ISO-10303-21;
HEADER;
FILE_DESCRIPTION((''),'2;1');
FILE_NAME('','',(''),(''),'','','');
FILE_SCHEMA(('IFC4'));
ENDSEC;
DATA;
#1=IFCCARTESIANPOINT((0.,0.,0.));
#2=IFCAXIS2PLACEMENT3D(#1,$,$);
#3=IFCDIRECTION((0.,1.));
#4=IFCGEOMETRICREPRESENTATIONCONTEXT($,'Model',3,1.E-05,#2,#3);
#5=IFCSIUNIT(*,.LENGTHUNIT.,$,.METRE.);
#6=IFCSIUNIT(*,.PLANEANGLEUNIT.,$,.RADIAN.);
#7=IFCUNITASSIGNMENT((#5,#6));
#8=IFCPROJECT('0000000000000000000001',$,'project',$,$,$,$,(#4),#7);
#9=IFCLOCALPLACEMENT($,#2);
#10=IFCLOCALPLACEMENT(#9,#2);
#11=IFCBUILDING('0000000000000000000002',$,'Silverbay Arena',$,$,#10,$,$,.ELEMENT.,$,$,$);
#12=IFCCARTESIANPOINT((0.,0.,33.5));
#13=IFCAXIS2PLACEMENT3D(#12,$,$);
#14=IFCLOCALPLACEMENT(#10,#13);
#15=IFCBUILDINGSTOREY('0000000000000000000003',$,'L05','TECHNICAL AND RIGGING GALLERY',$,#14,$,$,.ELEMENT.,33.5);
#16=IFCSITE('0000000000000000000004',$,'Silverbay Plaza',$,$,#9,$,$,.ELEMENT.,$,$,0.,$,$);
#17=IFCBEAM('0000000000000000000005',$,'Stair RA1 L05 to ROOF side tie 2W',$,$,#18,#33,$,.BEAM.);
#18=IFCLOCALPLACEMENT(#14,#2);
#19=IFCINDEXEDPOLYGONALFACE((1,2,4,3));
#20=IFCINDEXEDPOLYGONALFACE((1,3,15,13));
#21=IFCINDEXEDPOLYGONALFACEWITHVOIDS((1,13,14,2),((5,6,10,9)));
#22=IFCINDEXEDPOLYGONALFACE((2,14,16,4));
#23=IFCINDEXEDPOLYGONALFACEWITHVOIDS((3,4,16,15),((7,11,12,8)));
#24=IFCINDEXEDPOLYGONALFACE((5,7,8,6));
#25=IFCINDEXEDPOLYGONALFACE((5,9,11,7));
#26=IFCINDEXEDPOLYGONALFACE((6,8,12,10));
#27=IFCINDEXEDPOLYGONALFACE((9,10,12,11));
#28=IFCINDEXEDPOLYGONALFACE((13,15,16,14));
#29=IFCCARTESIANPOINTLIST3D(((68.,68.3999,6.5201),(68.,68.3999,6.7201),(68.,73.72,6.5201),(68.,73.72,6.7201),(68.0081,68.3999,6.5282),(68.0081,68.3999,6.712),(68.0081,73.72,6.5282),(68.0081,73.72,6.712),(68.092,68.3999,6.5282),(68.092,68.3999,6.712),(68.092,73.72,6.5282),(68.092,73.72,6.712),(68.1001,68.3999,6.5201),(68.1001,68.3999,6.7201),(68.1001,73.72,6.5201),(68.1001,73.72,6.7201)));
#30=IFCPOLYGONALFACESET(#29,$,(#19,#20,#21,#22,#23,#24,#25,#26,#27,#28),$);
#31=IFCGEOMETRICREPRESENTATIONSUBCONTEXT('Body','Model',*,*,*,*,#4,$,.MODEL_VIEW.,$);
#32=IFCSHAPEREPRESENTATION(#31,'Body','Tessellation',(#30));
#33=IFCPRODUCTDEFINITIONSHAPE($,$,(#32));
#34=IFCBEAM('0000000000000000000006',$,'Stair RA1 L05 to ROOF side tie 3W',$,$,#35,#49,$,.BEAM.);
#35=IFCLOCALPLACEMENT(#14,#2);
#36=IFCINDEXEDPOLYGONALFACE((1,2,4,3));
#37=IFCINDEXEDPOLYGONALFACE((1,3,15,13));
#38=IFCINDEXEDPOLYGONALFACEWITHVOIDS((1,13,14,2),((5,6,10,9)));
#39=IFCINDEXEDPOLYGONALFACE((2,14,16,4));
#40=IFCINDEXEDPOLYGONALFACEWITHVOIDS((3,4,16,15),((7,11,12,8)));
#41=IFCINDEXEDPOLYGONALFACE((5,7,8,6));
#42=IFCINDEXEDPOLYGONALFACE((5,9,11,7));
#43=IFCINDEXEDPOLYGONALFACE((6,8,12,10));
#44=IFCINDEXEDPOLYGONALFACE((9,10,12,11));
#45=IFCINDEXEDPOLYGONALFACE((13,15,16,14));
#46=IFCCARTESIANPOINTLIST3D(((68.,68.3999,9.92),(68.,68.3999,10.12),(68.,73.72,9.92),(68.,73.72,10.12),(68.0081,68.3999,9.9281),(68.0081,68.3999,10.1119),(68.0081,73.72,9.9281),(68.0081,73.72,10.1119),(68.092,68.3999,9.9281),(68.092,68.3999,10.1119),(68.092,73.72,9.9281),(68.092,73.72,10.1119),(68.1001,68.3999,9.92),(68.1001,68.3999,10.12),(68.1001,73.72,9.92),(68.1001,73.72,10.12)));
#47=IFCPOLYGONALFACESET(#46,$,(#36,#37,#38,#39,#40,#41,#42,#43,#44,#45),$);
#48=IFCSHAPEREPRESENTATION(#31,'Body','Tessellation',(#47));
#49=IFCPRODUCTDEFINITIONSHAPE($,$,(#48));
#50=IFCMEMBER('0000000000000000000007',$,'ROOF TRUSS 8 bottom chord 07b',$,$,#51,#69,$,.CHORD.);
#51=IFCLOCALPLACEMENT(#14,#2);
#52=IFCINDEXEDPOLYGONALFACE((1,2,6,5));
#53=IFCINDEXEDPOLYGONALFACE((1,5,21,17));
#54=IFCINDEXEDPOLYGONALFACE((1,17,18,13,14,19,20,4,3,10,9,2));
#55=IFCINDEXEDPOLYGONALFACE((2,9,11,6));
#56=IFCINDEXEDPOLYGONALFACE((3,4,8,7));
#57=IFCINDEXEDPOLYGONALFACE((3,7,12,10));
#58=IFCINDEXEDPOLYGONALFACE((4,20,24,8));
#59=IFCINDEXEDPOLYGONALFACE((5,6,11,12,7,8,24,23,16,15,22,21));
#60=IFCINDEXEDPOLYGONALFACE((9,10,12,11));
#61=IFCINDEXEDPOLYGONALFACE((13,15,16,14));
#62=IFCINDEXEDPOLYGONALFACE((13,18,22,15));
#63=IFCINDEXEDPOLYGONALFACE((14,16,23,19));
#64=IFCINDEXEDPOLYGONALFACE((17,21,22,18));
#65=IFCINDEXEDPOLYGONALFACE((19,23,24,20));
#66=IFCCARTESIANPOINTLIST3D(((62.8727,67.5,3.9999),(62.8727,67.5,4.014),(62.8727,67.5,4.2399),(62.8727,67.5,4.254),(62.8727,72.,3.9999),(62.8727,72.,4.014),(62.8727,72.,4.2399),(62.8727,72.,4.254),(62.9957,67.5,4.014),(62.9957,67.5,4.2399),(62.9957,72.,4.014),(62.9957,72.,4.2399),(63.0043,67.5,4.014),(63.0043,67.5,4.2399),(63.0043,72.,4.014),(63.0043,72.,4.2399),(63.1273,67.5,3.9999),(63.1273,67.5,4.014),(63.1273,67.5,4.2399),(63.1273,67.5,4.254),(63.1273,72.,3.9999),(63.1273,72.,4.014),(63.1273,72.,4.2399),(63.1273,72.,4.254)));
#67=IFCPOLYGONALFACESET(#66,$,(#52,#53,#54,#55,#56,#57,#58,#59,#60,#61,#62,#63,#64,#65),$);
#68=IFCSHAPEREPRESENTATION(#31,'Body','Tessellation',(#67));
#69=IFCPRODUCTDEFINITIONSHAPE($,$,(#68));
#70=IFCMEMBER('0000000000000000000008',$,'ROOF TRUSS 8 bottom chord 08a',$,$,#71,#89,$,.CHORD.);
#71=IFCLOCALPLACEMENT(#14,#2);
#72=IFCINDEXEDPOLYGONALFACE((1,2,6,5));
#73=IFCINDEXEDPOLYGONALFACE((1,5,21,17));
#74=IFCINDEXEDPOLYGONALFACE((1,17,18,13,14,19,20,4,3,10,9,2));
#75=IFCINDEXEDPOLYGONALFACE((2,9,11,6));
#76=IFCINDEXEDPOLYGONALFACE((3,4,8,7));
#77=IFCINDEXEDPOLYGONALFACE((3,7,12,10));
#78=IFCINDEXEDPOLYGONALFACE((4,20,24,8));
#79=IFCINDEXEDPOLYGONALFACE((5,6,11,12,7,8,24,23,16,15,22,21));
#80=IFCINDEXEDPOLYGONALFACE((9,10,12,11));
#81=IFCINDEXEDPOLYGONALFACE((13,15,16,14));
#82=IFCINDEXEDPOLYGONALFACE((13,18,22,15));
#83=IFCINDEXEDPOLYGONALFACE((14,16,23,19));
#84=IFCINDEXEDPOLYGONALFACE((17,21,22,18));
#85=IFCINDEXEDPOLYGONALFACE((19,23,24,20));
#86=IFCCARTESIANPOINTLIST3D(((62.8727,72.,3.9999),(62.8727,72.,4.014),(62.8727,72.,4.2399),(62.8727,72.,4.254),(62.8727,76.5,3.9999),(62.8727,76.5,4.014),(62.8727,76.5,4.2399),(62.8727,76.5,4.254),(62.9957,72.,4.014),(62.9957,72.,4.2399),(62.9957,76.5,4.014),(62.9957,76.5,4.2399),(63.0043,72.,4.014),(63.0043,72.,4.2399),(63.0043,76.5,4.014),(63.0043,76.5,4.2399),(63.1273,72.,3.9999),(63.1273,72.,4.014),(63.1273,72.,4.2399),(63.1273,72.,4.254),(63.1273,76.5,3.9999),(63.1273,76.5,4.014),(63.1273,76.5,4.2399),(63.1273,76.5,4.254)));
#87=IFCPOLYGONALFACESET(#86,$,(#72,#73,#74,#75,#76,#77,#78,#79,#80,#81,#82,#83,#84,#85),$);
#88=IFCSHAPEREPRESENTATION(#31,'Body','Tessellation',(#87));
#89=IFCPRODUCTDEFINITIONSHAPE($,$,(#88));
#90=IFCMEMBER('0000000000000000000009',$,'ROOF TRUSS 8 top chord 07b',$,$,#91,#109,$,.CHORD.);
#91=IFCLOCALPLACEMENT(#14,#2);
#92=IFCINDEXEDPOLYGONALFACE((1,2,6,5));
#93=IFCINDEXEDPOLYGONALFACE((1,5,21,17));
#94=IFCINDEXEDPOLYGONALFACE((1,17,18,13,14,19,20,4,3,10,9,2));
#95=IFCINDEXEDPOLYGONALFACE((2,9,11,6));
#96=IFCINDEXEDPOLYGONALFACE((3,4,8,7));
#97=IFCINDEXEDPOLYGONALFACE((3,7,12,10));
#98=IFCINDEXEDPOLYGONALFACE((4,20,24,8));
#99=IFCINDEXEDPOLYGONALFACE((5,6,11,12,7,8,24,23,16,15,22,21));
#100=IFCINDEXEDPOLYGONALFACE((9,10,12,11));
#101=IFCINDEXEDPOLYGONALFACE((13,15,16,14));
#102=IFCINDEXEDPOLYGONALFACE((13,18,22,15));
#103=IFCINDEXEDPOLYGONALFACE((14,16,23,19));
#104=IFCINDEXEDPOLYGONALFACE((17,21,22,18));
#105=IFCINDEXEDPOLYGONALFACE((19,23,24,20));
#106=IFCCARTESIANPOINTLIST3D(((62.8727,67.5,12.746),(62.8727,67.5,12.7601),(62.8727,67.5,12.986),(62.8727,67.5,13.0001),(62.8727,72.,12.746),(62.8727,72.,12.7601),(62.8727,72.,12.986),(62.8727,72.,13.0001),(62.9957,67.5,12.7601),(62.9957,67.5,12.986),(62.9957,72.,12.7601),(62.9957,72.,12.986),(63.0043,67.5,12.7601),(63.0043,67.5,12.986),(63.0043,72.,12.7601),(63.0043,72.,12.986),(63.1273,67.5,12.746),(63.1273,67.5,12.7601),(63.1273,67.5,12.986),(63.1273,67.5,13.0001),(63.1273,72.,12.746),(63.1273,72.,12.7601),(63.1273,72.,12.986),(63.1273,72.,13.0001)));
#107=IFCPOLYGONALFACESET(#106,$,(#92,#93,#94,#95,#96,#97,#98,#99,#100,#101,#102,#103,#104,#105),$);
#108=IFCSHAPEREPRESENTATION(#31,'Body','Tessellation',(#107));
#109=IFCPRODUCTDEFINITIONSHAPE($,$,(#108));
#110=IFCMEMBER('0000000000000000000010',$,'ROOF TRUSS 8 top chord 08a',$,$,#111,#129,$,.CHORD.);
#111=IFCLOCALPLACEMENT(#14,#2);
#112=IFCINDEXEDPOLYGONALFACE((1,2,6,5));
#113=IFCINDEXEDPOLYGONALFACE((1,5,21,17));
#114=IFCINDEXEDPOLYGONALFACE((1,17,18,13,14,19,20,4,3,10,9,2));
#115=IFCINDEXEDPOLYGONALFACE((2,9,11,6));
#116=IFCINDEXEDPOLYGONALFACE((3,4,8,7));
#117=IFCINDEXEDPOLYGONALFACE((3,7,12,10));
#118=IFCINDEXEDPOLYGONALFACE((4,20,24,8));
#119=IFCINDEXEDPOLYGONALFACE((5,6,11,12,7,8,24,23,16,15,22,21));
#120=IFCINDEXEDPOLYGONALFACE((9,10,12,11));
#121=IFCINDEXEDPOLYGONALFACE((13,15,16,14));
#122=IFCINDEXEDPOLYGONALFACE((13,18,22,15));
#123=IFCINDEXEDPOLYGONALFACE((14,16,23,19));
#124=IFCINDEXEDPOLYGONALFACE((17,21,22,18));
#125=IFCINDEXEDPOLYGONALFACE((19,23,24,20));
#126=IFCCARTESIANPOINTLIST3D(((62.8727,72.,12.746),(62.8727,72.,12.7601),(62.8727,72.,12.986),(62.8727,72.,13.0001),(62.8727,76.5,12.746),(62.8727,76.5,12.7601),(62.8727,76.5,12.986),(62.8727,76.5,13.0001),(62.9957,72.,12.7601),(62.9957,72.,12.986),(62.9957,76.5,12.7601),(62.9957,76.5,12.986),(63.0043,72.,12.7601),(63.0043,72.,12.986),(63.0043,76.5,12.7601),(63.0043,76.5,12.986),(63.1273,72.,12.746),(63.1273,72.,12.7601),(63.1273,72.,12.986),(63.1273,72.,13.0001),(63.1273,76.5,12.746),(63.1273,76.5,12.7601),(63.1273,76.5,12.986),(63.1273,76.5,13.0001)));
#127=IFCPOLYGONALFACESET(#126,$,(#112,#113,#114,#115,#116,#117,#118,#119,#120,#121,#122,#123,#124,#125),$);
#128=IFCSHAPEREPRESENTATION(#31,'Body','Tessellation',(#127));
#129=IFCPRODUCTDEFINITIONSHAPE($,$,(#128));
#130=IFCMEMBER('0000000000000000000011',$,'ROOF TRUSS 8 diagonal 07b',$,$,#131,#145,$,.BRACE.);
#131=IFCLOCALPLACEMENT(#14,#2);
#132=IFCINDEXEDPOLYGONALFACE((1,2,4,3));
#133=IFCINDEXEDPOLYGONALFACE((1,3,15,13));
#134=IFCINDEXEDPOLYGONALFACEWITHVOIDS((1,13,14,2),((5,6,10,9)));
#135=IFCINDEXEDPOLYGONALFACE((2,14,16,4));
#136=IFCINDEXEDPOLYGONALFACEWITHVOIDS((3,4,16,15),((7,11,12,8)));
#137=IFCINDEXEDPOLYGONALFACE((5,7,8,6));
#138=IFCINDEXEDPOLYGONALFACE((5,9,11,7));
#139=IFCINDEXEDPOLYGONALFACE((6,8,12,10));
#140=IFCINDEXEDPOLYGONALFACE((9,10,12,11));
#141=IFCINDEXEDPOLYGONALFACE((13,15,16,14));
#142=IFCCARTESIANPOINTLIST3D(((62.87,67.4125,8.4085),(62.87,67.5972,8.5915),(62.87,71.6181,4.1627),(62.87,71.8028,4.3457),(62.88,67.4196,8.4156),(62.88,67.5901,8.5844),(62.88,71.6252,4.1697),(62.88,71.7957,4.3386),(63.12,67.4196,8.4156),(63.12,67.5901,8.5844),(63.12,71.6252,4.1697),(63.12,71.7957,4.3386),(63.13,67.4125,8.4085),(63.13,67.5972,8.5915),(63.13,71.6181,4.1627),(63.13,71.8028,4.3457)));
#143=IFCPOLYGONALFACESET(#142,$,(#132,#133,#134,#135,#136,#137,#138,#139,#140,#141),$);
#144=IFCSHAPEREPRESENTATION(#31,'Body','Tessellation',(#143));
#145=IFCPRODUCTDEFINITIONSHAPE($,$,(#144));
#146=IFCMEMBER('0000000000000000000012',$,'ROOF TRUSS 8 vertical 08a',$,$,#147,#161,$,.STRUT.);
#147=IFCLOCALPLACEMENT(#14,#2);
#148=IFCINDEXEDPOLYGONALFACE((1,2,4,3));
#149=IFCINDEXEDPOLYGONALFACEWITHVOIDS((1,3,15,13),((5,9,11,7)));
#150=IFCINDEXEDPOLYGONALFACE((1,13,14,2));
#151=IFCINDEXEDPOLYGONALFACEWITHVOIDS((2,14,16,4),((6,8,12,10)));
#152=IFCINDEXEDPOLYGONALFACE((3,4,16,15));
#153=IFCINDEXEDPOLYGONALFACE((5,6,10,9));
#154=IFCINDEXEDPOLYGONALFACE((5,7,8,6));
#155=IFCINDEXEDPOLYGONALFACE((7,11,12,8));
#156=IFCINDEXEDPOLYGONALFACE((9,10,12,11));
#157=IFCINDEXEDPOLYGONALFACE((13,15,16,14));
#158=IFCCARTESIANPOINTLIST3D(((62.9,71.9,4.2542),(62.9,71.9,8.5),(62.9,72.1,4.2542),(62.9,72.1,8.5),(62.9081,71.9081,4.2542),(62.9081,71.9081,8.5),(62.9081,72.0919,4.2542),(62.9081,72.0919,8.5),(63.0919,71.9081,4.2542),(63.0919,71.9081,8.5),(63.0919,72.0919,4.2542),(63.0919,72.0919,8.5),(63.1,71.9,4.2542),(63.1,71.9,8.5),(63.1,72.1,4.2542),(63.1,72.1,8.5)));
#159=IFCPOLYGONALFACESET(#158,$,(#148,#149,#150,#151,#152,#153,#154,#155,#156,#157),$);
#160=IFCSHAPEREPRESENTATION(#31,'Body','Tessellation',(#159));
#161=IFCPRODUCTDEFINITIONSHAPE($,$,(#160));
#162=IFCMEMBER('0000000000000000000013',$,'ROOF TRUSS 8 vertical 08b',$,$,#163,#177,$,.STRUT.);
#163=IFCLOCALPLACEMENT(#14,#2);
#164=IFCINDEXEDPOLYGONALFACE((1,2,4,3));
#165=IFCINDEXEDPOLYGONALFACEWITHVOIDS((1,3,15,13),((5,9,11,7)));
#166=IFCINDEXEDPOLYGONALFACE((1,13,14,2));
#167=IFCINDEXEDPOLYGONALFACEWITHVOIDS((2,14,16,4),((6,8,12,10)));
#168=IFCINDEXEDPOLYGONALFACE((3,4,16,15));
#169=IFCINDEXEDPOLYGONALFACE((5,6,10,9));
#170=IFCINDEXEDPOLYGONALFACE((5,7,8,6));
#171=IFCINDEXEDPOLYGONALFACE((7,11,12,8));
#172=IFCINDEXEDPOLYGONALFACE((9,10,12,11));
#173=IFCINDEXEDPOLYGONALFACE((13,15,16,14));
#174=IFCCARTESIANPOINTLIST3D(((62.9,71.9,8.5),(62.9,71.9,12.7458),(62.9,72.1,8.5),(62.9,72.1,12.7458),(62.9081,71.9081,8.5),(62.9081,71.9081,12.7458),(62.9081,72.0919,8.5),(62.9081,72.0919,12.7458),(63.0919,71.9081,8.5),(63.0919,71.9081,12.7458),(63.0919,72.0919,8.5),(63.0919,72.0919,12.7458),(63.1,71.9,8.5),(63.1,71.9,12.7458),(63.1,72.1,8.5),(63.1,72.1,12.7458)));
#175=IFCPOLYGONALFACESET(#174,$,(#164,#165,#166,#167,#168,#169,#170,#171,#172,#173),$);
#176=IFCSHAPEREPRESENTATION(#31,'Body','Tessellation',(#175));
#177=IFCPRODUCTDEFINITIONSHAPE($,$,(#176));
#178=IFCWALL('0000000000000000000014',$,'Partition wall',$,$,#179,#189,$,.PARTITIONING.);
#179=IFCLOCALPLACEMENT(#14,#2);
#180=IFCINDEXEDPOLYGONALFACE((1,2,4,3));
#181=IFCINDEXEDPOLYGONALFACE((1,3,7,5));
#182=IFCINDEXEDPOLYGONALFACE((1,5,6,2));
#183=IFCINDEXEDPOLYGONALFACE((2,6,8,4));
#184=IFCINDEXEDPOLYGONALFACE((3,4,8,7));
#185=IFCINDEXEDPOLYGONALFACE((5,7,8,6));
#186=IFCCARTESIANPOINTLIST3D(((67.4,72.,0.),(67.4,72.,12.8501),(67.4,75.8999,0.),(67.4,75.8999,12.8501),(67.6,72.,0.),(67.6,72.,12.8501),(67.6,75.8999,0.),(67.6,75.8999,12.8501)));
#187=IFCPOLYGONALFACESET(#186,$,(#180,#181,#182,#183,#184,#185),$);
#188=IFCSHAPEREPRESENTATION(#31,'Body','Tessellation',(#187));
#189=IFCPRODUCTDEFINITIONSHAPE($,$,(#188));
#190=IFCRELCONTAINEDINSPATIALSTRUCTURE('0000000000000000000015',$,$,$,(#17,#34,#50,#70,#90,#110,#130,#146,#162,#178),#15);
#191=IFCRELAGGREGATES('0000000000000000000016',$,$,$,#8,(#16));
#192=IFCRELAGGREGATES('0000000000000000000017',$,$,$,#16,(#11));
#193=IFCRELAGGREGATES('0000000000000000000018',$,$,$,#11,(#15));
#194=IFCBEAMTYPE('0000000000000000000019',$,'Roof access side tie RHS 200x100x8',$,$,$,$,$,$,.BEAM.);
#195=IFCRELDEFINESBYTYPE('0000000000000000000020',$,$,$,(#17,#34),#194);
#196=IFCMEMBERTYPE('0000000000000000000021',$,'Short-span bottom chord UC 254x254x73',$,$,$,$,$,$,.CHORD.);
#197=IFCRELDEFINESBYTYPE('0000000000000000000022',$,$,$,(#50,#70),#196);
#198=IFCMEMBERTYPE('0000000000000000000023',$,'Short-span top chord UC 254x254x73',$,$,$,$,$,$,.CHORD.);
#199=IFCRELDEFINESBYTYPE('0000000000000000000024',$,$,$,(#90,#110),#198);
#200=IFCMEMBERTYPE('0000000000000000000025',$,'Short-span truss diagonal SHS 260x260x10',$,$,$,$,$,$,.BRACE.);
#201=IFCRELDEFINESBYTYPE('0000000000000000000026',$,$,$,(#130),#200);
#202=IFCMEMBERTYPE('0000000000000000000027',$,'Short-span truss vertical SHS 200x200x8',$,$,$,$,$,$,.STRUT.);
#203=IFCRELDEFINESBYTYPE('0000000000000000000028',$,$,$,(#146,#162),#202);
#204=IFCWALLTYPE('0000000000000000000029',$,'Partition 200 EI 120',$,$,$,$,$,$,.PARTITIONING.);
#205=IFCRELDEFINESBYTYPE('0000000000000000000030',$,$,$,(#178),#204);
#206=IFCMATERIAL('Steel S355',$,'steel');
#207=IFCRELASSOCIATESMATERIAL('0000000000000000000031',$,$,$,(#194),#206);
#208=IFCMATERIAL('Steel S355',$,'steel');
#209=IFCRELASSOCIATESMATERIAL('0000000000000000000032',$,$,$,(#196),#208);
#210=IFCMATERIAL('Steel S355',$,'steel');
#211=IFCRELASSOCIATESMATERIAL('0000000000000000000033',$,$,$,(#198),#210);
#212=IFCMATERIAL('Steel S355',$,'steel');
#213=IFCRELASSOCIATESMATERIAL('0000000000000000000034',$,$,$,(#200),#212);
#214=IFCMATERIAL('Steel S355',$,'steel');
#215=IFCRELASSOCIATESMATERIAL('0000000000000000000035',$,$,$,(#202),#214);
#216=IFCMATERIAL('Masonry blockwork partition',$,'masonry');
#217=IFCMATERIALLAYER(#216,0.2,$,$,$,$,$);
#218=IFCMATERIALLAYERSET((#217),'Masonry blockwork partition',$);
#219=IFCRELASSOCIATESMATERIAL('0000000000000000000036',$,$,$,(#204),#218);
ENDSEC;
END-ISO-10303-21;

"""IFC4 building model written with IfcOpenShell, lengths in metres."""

from ifc_helpers import new_model, si_unit, direction, frame, frame_2d, origin, origin_2d, place, context, subcontext, project, spatial, rectangle, hollow_rectangle, i_section, extrude, material, layer, layer_set, material_profile, profile_set, type_object, element, save


model = new_model("IFC4")

# Units and contexts
model_context = context("Model", 3, precision=1e-05, world=origin(), true_north=direction((0.0, 1.0)))
body_context = subcontext(model_context, "Body", "Model", "MODEL_VIEW")
ifc_project = project(units=[si_unit("LENGTHUNIT", "METRE"), si_unit("PLANEANGLEUNIT", "RADIAN")], contexts=[model_context])

# Site, building, storey
site_placement = place(None, origin())
site = spatial("IfcSite", under=ifc_project, at=site_placement, Name="Silverbay Plaza", CompositionType="ELEMENT", RefElevation=0.0)
building_placement = place(site_placement, origin())
building = spatial("IfcBuilding", under=site, at=building_placement, Name="Silverbay Arena", CompositionType="ELEMENT")
storey_placement = place(building_placement, frame((0.0, 0.0, 33.5)))
storey = spatial("IfcBuildingStorey", under=building, at=storey_placement, Name="L05", Description="TECHNICAL AND RIGGING GALLERY", CompositionType="ELEMENT", Elevation=33.5)

# Beams
ifc_material_1 = material(Name="Steel S355", Category="steel")
ifc_material_profile_1 = material_profile(ifc_material_1, hollow_rectangle(XDim=0.1001, YDim=0.2, WallThickness=0.0081, at=origin_2d()), Name="RHS 200x100x8")
ifc_profile_set_1 = profile_set([ifc_material_profile_1], Name="Steel S355")
beam_type_1 = type_object("IfcBeamType", Name="Roof access side tie RHS 200x100x8", PredefinedType="BEAM", material=ifc_profile_set_1)
for number, where, z_axis, x_axis, name in (
    (1, (68.05, 68.3999, 6.6201), (0.0, 1.0, 0.0), (-1.0, 0.0, 0.0), "Stair RA1 L05 to ROOF side tie 2W"),
    (2, (68.05, 68.3999, 10.02), (0.0, 1.0, 0.0), (-1.0, 0.0, 0.0), "Stair RA1 L05 to ROOF side tie 3W"),
):
    element("IfcBeam", number, at=place(storey_placement, frame(where, z_axis=z_axis, x_axis=x_axis)), inside=storey, type_object=beam_type_1, Name=name, PredefinedType="BEAM", context=body_context, shape_type="SweptSolid", body=[
        extrude(hollow_rectangle(XDim=0.1001, YDim=0.2, WallThickness=0.0081, at=origin_2d()), origin(), (0.0, 0.0, 1.0), 5.3201),
    ])

# Members
ifc_material_2 = material(Name="Steel S355", Category="steel")
ifc_material_profile_2 = material_profile(ifc_material_2, i_section(OverallWidth=0.2546, OverallDepth=0.2542, WebThickness=0.0085, FlangeThickness=0.0142, at=origin_2d()), Name="UC 254x254x73")
ifc_profile_set_2 = profile_set([ifc_material_profile_2], Name="Steel S355")
member_type_1 = type_object("IfcMemberType", Name="Short-span bottom chord UC 254x254x73", PredefinedType="CHORD", material=ifc_profile_set_2)
for number, where, z_axis, x_axis, name in (
    (3, (63.0, 67.5, 4.127), (0.0, 1.0, 0.0), (-1.0, 0.0, 0.0), "ROOF TRUSS 8 bottom chord 07b"),
    (4, (63.0, 72.0, 4.127), (0.0, 1.0, 0.0), (-1.0, 0.0, 0.0), "ROOF TRUSS 8 bottom chord 08a"),
):
    element("IfcMember", number, at=place(storey_placement, frame(where, z_axis=z_axis, x_axis=x_axis)), inside=storey, type_object=member_type_1, Name=name, PredefinedType="CHORD", context=body_context, shape_type="SweptSolid", body=[
        extrude(i_section(OverallWidth=0.2546, OverallDepth=0.2542, WebThickness=0.0085, FlangeThickness=0.0142, at=origin_2d()), origin(), (0.0, 0.0, 1.0), 4.5),
    ])
ifc_material_3 = material(Name="Steel S355", Category="steel")
ifc_material_profile_3 = material_profile(ifc_material_3, i_section(OverallWidth=0.2546, OverallDepth=0.2542, WebThickness=0.0085, FlangeThickness=0.0142, at=origin_2d()), Name="UC 254x254x73")
ifc_profile_set_3 = profile_set([ifc_material_profile_3], Name="Steel S355")
member_type_2 = type_object("IfcMemberType", Name="Short-span top chord UC 254x254x73", PredefinedType="CHORD", material=ifc_profile_set_3)
for number, where, z_axis, x_axis, name in (
    (5, (63.0, 67.5, 12.873), (0.0, 1.0, 0.0), (-1.0, 0.0, 0.0), "ROOF TRUSS 8 top chord 07b"),
    (6, (63.0, 72.0, 12.873), (0.0, 1.0, 0.0), (-1.0, 0.0, 0.0), "ROOF TRUSS 8 top chord 08a"),
):
    element("IfcMember", number, at=place(storey_placement, frame(where, z_axis=z_axis, x_axis=x_axis)), inside=storey, type_object=member_type_2, Name=name, PredefinedType="CHORD", context=body_context, shape_type="SweptSolid", body=[
        extrude(i_section(OverallWidth=0.2546, OverallDepth=0.2542, WebThickness=0.0085, FlangeThickness=0.0142, at=origin_2d()), origin(), (0.0, 0.0, 1.0), 4.5),
    ])
ifc_material_4 = material(Name="Steel S355", Category="steel")
ifc_material_profile_4 = material_profile(ifc_material_4, hollow_rectangle(XDim=0.26, YDim=0.26, WallThickness=0.01, at=origin_2d()), Name="SHS 260x260x10")
ifc_profile_set_4 = profile_set([ifc_material_profile_4], Name="Steel S355")
member_type_3 = type_object("IfcMemberType", Name="Short-span truss diagonal SHS 260x260x10", PredefinedType="BRACE", material=ifc_profile_set_4)
member_placement = place(storey_placement, frame((63.0, 67.5049, 8.5), z_axis=(0.0, 0.703728, -0.710469), x_axis=(-1.0, 0.0, 0.0)))
element("IfcMember", 7, at=member_placement, inside=storey, type_object=member_type_3, Name="ROOF TRUSS 8 diagonal 07b", PredefinedType="BRACE", context=body_context, shape_type="SweptSolid", body=[
    extrude(hollow_rectangle(XDim=0.26, YDim=0.26, WallThickness=0.01, at=origin_2d()), origin(), (0.0, 0.0, 1.0), 5.9761),
])
ifc_material_5 = material(Name="Steel S355", Category="steel")
ifc_material_profile_5 = material_profile(ifc_material_5, hollow_rectangle(XDim=0.2, YDim=0.2, WallThickness=0.0081, at=origin_2d()), Name="SHS 200x200x8")
ifc_profile_set_5 = profile_set([ifc_material_profile_5], Name="Steel S355")
member_type_4 = type_object("IfcMemberType", Name="Short-span truss vertical SHS 200x200x8", PredefinedType="STRUT", material=ifc_profile_set_5)
for number, where, z_axis, x_axis, name in (
    (8, (63.0, 72.0, 4.2542), (0.0, 0.0, 1.0), (1.0, 0.0, 0.0), "ROOF TRUSS 8 vertical 08a"),
    (9, (63.0, 72.0, 8.5), (0.0, 0.0, 1.0), (1.0, 0.0, 0.0), "ROOF TRUSS 8 vertical 08b"),
):
    element("IfcMember", number, at=place(storey_placement, frame(where, z_axis=z_axis, x_axis=x_axis)), inside=storey, type_object=member_type_4, Name=name, PredefinedType="STRUT", context=body_context, shape_type="SweptSolid", body=[
        extrude(hollow_rectangle(XDim=0.2, YDim=0.2, WallThickness=0.0081, at=origin_2d()), origin(), (0.0, 0.0, 1.0), 4.2458),
    ])

# Wall
ifc_material_6 = material(Name="Masonry blockwork partition", Category="masonry")
ifc_layer = layer(ifc_material_6, 0.2)
ifc_layer_set = layer_set([ifc_layer], Name="Masonry blockwork partition")
wall_type = type_object("IfcWallType", Name="Partition 200 EI 120", PredefinedType="PARTITIONING", material=ifc_layer_set)
wall_placement = place(storey_placement, frame((67.5, 72.0, 0.0), z_axis=(0.0, 0.0, 1.0), x_axis=(0.0, 1.0, 0.0)))
element("IfcWall", 10, at=wall_placement, inside=storey, type_object=wall_type, Name="Partition wall", PredefinedType="PARTITIONING", context=body_context, shape_type="SweptSolid", body=[
    extrude(rectangle(XDim=3.8999, YDim=0.2, at=frame_2d((1.95, 0.0))), origin(), (0.0, 0.0, 1.0), 12.8501),
])

save(model, "model.ifc")
